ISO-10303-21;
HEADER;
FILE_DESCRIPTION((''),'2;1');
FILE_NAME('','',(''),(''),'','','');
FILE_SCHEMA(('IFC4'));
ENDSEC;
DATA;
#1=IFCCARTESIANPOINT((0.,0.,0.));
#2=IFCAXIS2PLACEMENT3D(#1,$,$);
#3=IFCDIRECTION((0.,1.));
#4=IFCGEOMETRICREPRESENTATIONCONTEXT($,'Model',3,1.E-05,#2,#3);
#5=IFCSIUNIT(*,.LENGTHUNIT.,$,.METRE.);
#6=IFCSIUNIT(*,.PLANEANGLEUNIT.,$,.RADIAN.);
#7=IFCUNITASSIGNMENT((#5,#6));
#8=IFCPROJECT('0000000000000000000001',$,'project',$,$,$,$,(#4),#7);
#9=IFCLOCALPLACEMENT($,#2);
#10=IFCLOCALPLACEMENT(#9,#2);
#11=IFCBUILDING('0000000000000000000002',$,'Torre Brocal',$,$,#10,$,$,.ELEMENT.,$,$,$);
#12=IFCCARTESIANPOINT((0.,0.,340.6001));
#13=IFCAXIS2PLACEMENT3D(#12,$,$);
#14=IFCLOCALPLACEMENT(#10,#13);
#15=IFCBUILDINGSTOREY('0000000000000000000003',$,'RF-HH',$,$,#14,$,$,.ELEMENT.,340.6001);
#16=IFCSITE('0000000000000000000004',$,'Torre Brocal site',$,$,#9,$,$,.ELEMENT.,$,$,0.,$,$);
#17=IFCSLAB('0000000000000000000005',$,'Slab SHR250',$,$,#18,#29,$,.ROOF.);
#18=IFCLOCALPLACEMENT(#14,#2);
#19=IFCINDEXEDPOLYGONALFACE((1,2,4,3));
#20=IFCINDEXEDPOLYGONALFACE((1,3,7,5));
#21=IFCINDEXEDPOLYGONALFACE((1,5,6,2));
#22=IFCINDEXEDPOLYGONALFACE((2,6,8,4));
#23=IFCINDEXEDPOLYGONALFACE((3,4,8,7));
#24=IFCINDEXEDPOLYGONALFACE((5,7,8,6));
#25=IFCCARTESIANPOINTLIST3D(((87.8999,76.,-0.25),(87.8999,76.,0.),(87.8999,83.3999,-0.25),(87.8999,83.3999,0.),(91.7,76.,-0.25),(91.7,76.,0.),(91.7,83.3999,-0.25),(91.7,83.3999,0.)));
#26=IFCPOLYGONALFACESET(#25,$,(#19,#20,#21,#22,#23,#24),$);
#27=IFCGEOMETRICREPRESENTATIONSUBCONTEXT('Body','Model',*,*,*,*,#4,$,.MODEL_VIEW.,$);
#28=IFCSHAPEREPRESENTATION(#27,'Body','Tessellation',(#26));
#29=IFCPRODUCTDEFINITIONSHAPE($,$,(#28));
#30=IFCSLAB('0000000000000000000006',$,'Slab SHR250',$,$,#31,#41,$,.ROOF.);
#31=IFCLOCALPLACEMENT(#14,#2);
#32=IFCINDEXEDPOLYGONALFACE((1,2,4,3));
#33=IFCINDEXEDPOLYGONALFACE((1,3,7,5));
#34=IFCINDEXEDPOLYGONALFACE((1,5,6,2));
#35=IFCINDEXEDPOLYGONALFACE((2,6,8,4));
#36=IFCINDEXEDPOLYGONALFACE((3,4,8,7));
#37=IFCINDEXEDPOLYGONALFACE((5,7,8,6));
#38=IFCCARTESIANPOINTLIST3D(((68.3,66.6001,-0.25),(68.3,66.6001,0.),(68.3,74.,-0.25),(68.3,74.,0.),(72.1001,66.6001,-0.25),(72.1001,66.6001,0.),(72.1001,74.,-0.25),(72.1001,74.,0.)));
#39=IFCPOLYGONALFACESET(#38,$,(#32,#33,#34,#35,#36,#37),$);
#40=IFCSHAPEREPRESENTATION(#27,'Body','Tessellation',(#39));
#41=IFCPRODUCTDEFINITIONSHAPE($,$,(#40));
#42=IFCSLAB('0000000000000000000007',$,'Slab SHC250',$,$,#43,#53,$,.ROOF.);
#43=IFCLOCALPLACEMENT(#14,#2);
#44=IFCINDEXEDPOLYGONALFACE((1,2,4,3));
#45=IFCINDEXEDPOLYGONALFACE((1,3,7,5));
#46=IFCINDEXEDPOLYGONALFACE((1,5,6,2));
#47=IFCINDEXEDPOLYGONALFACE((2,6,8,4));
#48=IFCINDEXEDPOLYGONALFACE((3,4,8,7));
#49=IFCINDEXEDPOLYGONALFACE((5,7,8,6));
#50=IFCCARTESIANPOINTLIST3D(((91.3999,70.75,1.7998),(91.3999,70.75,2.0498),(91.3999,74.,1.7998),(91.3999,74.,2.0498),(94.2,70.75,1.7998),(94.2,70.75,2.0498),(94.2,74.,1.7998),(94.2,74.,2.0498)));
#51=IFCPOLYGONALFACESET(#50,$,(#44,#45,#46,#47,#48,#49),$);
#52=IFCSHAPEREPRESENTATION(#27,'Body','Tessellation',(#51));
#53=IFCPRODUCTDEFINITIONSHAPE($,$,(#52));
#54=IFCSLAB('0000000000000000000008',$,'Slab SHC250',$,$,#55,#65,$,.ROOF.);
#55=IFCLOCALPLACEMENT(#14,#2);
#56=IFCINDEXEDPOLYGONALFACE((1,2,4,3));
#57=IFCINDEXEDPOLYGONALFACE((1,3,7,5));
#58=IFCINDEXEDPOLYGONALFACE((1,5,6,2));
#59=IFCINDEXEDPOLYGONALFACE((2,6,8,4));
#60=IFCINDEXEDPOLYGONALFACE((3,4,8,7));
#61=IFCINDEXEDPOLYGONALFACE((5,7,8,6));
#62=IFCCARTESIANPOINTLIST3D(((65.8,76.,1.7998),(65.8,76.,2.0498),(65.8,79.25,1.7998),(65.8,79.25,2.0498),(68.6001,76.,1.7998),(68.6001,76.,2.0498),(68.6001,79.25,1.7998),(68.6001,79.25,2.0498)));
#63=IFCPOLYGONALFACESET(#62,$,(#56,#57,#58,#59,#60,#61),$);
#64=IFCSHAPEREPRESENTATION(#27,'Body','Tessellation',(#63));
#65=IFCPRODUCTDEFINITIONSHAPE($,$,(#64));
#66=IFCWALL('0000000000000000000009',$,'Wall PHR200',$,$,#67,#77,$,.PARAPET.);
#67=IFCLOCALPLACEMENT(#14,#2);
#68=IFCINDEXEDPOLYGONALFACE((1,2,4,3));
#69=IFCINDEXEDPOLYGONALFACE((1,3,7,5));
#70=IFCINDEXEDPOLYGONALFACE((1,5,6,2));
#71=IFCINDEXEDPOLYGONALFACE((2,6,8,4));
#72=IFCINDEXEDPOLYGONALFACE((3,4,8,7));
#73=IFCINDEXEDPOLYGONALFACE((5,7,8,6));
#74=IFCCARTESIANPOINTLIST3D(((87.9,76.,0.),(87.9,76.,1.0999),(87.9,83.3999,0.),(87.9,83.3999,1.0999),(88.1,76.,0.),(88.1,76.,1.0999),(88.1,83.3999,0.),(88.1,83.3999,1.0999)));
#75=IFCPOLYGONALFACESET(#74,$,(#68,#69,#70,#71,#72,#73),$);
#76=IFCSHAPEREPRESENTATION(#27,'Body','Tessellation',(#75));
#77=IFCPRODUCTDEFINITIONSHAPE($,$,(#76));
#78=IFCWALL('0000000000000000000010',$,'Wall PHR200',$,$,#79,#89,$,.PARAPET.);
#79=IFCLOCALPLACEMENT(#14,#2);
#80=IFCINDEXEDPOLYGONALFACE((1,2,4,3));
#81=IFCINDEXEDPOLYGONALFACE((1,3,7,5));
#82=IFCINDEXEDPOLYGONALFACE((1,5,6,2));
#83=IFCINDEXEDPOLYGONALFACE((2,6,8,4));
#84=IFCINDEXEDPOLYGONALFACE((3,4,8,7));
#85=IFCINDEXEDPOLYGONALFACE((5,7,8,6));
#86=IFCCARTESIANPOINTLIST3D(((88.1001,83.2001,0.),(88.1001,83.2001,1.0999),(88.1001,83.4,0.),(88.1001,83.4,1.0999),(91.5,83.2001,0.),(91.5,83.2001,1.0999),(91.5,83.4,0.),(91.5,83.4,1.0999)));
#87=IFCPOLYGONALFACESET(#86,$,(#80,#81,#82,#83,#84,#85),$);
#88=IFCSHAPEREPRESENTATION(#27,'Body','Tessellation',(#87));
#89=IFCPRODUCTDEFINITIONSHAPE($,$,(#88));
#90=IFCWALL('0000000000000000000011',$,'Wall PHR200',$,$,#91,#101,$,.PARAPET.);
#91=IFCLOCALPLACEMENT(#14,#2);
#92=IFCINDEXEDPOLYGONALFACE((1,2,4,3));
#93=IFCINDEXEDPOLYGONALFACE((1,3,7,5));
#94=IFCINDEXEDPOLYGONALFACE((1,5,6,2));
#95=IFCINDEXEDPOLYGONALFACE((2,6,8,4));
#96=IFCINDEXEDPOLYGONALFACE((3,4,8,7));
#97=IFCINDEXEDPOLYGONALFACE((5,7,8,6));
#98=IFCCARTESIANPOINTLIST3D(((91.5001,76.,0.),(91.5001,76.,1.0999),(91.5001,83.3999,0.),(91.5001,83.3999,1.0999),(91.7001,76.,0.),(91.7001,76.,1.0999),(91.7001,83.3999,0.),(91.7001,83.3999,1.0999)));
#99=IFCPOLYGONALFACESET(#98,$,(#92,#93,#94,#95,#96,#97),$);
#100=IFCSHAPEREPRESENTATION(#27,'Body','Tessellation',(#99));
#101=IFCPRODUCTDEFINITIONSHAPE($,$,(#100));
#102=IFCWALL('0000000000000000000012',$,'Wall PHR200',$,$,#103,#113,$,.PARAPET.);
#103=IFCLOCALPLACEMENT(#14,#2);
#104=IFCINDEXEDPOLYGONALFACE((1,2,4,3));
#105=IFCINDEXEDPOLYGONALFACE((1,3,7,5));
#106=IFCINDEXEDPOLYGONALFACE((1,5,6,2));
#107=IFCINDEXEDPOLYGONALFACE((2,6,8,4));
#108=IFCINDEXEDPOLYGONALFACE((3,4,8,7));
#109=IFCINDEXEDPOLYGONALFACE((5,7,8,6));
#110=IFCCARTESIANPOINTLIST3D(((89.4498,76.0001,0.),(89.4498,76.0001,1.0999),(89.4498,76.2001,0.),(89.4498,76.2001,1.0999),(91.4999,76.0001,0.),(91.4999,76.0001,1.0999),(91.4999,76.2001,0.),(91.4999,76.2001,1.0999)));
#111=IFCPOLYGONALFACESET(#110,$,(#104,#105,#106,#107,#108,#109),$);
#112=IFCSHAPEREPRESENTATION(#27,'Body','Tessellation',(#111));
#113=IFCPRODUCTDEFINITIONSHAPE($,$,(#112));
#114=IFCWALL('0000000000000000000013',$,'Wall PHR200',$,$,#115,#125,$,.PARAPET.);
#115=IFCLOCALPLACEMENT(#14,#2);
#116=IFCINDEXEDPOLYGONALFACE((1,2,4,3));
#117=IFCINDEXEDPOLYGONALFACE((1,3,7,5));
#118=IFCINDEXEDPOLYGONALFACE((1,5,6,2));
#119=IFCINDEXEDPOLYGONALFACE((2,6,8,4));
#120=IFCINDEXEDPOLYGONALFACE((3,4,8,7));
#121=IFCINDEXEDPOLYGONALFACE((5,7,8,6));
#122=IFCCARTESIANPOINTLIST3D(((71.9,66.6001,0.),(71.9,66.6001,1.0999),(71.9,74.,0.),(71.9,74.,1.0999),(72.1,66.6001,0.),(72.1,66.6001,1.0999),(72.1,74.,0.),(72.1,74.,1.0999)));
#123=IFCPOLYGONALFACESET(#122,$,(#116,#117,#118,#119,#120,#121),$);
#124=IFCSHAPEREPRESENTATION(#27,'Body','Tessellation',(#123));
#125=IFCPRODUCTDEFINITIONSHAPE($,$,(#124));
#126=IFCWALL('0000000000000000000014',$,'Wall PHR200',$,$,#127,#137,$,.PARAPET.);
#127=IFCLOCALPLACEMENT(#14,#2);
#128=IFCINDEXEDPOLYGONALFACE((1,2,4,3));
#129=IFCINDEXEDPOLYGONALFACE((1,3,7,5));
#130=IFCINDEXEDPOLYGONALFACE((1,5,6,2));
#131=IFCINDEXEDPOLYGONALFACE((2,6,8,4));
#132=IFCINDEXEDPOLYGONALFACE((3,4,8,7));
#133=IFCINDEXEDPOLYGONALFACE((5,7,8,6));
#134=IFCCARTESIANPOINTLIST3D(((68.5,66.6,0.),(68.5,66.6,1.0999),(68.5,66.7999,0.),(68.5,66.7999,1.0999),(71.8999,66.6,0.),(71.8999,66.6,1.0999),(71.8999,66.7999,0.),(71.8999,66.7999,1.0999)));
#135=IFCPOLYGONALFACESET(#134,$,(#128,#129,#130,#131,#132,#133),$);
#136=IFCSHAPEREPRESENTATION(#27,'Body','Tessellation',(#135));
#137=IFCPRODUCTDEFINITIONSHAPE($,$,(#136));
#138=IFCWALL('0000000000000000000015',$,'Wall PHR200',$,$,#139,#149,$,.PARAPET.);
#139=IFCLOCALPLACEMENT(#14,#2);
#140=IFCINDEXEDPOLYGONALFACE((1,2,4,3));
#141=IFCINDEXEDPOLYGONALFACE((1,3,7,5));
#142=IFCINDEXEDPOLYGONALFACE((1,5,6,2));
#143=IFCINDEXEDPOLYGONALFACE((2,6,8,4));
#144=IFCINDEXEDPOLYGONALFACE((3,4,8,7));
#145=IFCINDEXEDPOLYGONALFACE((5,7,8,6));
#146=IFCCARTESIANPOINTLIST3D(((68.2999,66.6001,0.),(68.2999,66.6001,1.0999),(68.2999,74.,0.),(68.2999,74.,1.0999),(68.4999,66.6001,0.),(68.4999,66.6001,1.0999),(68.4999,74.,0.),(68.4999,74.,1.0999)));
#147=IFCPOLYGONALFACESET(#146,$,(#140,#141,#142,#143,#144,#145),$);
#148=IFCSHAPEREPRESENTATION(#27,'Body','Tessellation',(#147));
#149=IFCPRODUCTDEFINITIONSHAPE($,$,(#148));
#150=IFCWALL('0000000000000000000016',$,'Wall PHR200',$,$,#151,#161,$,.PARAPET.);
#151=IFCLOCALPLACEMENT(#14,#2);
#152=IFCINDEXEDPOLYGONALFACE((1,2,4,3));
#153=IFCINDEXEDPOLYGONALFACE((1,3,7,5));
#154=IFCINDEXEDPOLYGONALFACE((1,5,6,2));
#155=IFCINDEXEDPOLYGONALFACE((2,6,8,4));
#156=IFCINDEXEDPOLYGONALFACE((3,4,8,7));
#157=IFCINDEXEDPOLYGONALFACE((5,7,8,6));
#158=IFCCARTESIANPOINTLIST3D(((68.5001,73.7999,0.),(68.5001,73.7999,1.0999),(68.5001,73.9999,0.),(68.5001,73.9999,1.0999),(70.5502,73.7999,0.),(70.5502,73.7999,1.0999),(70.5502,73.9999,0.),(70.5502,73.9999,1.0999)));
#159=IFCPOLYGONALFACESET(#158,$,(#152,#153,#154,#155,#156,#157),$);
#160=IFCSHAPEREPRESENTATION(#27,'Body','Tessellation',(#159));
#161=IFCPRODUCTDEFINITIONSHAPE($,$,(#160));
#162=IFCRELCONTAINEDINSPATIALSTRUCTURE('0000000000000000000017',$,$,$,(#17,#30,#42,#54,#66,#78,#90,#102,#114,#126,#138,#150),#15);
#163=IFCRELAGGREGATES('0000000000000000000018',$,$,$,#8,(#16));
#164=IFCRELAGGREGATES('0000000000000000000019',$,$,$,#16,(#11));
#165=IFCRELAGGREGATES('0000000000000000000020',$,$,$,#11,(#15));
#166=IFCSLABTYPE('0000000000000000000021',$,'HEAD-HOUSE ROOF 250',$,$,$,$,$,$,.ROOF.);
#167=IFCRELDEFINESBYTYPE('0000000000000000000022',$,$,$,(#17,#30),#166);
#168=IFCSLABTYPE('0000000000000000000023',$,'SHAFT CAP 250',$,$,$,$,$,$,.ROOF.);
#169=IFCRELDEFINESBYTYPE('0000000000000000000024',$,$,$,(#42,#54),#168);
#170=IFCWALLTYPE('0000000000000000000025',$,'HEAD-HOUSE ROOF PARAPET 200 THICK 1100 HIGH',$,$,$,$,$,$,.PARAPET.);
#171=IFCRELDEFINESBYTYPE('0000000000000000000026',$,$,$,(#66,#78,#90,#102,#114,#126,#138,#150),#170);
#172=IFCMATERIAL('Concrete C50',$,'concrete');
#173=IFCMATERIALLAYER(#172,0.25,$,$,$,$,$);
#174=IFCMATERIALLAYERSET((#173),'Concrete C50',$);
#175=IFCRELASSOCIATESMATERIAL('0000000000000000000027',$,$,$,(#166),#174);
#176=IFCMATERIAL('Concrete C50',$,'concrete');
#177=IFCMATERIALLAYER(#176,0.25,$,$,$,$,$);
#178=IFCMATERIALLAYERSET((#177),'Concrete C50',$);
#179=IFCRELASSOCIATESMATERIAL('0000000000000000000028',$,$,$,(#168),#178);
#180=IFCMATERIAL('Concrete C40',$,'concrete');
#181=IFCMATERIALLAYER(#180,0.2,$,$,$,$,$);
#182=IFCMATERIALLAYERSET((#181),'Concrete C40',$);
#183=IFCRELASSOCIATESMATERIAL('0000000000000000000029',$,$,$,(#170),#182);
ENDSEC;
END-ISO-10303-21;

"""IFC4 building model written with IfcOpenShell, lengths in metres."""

from ifc_helpers import new_model, si_unit, direction, frame, frame_2d, origin, place, context, subcontext, project, spatial, polyline, rectangle, outline, extrude, material, layer, layer_set, type_object, element, save


model = new_model("IFC4")

# Units and contexts
model_context = context("Model", 3, precision=1e-05, world=origin(), true_north=direction((0.0, 1.0)))
body_context = subcontext(model_context, "Body", "Model", "MODEL_VIEW")
ifc_project = project(units=[si_unit("LENGTHUNIT", "METRE"), si_unit("PLANEANGLEUNIT", "RADIAN")], contexts=[model_context])

# Site, building, storey
site_placement = place(None, origin())
site = spatial("IfcSite", under=ifc_project, at=site_placement, Name="Torre Brocal site", CompositionType="ELEMENT", RefElevation=0.0)
building_placement = place(site_placement, origin())
building = spatial("IfcBuilding", under=site, at=building_placement, Name="Torre Brocal", CompositionType="ELEMENT")
storey_placement = place(building_placement, frame((0.0, 0.0, 340.6001)))
storey = spatial("IfcBuildingStorey", under=building, at=storey_placement, Name="RF-HH", CompositionType="ELEMENT", Elevation=340.6001)

# Slabs
ifc_material_1 = material(Name="Concrete C50", Category="concrete")
ifc_layer_1 = layer(ifc_material_1, 0.25)
ifc_layer_set_1 = layer_set([ifc_layer_1], Name="Concrete C50")
slab_type_1 = type_object("IfcSlabType", Name="HEAD-HOUSE ROOF 250", PredefinedType="ROOF", material=ifc_layer_set_1)
slab_1_placement = place(storey_placement, frame((0.0, 0.0, -0.25)))
element("IfcSlab", 1, at=slab_1_placement, inside=storey, type_object=slab_type_1, Name="Slab SHR250", PredefinedType="ROOF", context=body_context, shape_type="SweptSolid", body=[
    extrude(outline(polyline([(87.8999, 76.0), (91.7, 76.0), (91.7, 83.3999), (87.8999, 83.3999), (87.8999, 76.0)])), origin(), (0.0, 0.0, 1.0), 0.25),
])
slab_2_placement = place(storey_placement, frame((0.0, 0.0, -0.25)))
element("IfcSlab", 2, at=slab_2_placement, inside=storey, type_object=slab_type_1, Name="Slab SHR250", PredefinedType="ROOF", context=body_context, shape_type="SweptSolid", body=[
    extrude(outline(polyline([(72.1001, 74.0), (68.3, 74.0), (68.3, 66.6001), (72.1001, 66.6001), (72.1001, 74.0)])), origin(), (0.0, 0.0, 1.0), 0.25),
])
ifc_material_2 = material(Name="Concrete C50", Category="concrete")
ifc_layer_2 = layer(ifc_material_2, 0.25)
ifc_layer_set_2 = layer_set([ifc_layer_2], Name="Concrete C50")
slab_type_2 = type_object("IfcSlabType", Name="SHAFT CAP 250", PredefinedType="ROOF", material=ifc_layer_set_2)
slab_3_placement = place(storey_placement, frame((0.0, 0.0, 1.7998)))
element("IfcSlab", 3, at=slab_3_placement, inside=storey, type_object=slab_type_2, Name="Slab SHC250", PredefinedType="ROOF", context=body_context, shape_type="SweptSolid", body=[
    extrude(outline(polyline([(91.3999, 70.75), (94.2, 70.75), (94.2, 74.0), (91.3999, 74.0), (91.3999, 70.75)])), origin(), (0.0, 0.0, 1.0), 0.25),
])
slab_4_placement = place(storey_placement, frame((0.0, 0.0, 1.7998)))
element("IfcSlab", 4, at=slab_4_placement, inside=storey, type_object=slab_type_2, Name="Slab SHC250", PredefinedType="ROOF", context=body_context, shape_type="SweptSolid", body=[
    extrude(outline(polyline([(68.6001, 79.25), (65.8, 79.25), (65.8, 76.0), (68.6001, 76.0), (68.6001, 79.25)])), origin(), (0.0, 0.0, 1.0), 0.25),
])

# Walls
ifc_material_3 = material(Name="Concrete C40", Category="concrete")
ifc_layer_3 = layer(ifc_material_3, 0.2)
ifc_layer_set_3 = layer_set([ifc_layer_3], Name="Concrete C40")
wall_type = type_object("IfcWallType", Name="HEAD-HOUSE ROOF PARAPET 200 THICK 1100 HIGH", PredefinedType="PARAPET", material=ifc_layer_set_3)
wall_1_placement = place(storey_placement, frame((88.0, 76.0, 0.0), z_axis=(0.0, 0.0, 1.0), x_axis=(0.0, 1.0, 0.0)))
element("IfcWall", 5, at=wall_1_placement, inside=storey, type_object=wall_type, Name="Wall PHR200", PredefinedType="PARAPET", context=body_context, shape_type="SweptSolid", body=[
    extrude(rectangle(XDim=7.3999, YDim=0.2, at=frame_2d((3.7, 0.0))), origin(), (0.0, 0.0, 1.0), 1.0999),
])
wall_2_placement = place(storey_placement, frame((88.1001, 83.3, 0.0), z_axis=(0.0, 0.0, 1.0), x_axis=(1.0, 0.0, 0.0)))
element("IfcWall", 6, at=wall_2_placement, inside=storey, type_object=wall_type, Name="Wall PHR200", PredefinedType="PARAPET", context=body_context, shape_type="SweptSolid", body=[
    extrude(rectangle(XDim=3.3999, YDim=0.2, at=frame_2d((1.7, 0.0))), origin(), (0.0, 0.0, 1.0), 1.0999),
])
wall_3_placement = place(storey_placement, frame((91.6001, 76.0, 0.0), z_axis=(0.0, 0.0, 1.0), x_axis=(0.0, 1.0, 0.0)))
element("IfcWall", 7, at=wall_3_placement, inside=storey, type_object=wall_type, Name="Wall PHR200", PredefinedType="PARAPET", context=body_context, shape_type="SweptSolid", body=[
    extrude(rectangle(XDim=7.3999, YDim=0.2, at=frame_2d((3.7, 0.0))), origin(), (0.0, 0.0, 1.0), 1.0999),
])
wall_4_placement = place(storey_placement, frame((89.45, 76.1001, 0.0), z_axis=(0.0, 0.0, 1.0), x_axis=(1.0, 0.0, 0.0)))
element("IfcWall", 8, at=wall_4_placement, inside=storey, type_object=wall_type, Name="Wall PHR200", PredefinedType="PARAPET", context=body_context, shape_type="SweptSolid", body=[
    extrude(rectangle(XDim=2.05, YDim=0.2, at=frame_2d((1.0249, 0.0))), origin(), (0.0, 0.0, 1.0), 1.0999),
])
wall_5_placement = place(storey_placement, frame((72.0, 74.0, 0.0), z_axis=(0.0, 0.0, 1.0), x_axis=(0.0, -1.0, 0.0)))
element("IfcWall", 9, at=wall_5_placement, inside=storey, type_object=wall_type, Name="Wall PHR200", PredefinedType="PARAPET", context=body_context, shape_type="SweptSolid", body=[
    extrude(rectangle(XDim=7.3999, YDim=0.2, at=frame_2d((3.7, 0.0))), origin(), (0.0, 0.0, 1.0), 1.0999),
])
wall_6_placement = place(storey_placement, frame((71.8999, 66.7, 0.0), z_axis=(0.0, 0.0, 1.0), x_axis=(-1.0, 0.0, 0.0)))
element("IfcWall", 10, at=wall_6_placement, inside=storey, type_object=wall_type, Name="Wall PHR200", PredefinedType="PARAPET", context=body_context, shape_type="SweptSolid", body=[
    extrude(rectangle(XDim=3.3999, YDim=0.2, at=frame_2d((1.7, 0.0))), origin(), (0.0, 0.0, 1.0), 1.0999),
])
wall_7_placement = place(storey_placement, frame((68.3999, 74.0, 0.0), z_axis=(0.0, 0.0, 1.0), x_axis=(0.0, -1.0, 0.0)))
element("IfcWall", 11, at=wall_7_placement, inside=storey, type_object=wall_type, Name="Wall PHR200", PredefinedType="PARAPET", context=body_context, shape_type="SweptSolid", body=[
    extrude(rectangle(XDim=7.3999, YDim=0.2, at=frame_2d((3.7, 0.0))), origin(), (0.0, 0.0, 1.0), 1.0999),
])
wall_8_placement = place(storey_placement, frame((70.55, 73.8999, 0.0), z_axis=(0.0, 0.0, 1.0), x_axis=(-1.0, 0.0, 0.0)))
element("IfcWall", 12, at=wall_8_placement, inside=storey, type_object=wall_type, Name="Wall PHR200", PredefinedType="PARAPET", context=body_context, shape_type="SweptSolid", body=[
    extrude(rectangle(XDim=2.05, YDim=0.2, at=frame_2d((1.0249, 0.0))), origin(), (0.0, 0.0, 1.0), 1.0999),
])

save(model, "model.ifc")
